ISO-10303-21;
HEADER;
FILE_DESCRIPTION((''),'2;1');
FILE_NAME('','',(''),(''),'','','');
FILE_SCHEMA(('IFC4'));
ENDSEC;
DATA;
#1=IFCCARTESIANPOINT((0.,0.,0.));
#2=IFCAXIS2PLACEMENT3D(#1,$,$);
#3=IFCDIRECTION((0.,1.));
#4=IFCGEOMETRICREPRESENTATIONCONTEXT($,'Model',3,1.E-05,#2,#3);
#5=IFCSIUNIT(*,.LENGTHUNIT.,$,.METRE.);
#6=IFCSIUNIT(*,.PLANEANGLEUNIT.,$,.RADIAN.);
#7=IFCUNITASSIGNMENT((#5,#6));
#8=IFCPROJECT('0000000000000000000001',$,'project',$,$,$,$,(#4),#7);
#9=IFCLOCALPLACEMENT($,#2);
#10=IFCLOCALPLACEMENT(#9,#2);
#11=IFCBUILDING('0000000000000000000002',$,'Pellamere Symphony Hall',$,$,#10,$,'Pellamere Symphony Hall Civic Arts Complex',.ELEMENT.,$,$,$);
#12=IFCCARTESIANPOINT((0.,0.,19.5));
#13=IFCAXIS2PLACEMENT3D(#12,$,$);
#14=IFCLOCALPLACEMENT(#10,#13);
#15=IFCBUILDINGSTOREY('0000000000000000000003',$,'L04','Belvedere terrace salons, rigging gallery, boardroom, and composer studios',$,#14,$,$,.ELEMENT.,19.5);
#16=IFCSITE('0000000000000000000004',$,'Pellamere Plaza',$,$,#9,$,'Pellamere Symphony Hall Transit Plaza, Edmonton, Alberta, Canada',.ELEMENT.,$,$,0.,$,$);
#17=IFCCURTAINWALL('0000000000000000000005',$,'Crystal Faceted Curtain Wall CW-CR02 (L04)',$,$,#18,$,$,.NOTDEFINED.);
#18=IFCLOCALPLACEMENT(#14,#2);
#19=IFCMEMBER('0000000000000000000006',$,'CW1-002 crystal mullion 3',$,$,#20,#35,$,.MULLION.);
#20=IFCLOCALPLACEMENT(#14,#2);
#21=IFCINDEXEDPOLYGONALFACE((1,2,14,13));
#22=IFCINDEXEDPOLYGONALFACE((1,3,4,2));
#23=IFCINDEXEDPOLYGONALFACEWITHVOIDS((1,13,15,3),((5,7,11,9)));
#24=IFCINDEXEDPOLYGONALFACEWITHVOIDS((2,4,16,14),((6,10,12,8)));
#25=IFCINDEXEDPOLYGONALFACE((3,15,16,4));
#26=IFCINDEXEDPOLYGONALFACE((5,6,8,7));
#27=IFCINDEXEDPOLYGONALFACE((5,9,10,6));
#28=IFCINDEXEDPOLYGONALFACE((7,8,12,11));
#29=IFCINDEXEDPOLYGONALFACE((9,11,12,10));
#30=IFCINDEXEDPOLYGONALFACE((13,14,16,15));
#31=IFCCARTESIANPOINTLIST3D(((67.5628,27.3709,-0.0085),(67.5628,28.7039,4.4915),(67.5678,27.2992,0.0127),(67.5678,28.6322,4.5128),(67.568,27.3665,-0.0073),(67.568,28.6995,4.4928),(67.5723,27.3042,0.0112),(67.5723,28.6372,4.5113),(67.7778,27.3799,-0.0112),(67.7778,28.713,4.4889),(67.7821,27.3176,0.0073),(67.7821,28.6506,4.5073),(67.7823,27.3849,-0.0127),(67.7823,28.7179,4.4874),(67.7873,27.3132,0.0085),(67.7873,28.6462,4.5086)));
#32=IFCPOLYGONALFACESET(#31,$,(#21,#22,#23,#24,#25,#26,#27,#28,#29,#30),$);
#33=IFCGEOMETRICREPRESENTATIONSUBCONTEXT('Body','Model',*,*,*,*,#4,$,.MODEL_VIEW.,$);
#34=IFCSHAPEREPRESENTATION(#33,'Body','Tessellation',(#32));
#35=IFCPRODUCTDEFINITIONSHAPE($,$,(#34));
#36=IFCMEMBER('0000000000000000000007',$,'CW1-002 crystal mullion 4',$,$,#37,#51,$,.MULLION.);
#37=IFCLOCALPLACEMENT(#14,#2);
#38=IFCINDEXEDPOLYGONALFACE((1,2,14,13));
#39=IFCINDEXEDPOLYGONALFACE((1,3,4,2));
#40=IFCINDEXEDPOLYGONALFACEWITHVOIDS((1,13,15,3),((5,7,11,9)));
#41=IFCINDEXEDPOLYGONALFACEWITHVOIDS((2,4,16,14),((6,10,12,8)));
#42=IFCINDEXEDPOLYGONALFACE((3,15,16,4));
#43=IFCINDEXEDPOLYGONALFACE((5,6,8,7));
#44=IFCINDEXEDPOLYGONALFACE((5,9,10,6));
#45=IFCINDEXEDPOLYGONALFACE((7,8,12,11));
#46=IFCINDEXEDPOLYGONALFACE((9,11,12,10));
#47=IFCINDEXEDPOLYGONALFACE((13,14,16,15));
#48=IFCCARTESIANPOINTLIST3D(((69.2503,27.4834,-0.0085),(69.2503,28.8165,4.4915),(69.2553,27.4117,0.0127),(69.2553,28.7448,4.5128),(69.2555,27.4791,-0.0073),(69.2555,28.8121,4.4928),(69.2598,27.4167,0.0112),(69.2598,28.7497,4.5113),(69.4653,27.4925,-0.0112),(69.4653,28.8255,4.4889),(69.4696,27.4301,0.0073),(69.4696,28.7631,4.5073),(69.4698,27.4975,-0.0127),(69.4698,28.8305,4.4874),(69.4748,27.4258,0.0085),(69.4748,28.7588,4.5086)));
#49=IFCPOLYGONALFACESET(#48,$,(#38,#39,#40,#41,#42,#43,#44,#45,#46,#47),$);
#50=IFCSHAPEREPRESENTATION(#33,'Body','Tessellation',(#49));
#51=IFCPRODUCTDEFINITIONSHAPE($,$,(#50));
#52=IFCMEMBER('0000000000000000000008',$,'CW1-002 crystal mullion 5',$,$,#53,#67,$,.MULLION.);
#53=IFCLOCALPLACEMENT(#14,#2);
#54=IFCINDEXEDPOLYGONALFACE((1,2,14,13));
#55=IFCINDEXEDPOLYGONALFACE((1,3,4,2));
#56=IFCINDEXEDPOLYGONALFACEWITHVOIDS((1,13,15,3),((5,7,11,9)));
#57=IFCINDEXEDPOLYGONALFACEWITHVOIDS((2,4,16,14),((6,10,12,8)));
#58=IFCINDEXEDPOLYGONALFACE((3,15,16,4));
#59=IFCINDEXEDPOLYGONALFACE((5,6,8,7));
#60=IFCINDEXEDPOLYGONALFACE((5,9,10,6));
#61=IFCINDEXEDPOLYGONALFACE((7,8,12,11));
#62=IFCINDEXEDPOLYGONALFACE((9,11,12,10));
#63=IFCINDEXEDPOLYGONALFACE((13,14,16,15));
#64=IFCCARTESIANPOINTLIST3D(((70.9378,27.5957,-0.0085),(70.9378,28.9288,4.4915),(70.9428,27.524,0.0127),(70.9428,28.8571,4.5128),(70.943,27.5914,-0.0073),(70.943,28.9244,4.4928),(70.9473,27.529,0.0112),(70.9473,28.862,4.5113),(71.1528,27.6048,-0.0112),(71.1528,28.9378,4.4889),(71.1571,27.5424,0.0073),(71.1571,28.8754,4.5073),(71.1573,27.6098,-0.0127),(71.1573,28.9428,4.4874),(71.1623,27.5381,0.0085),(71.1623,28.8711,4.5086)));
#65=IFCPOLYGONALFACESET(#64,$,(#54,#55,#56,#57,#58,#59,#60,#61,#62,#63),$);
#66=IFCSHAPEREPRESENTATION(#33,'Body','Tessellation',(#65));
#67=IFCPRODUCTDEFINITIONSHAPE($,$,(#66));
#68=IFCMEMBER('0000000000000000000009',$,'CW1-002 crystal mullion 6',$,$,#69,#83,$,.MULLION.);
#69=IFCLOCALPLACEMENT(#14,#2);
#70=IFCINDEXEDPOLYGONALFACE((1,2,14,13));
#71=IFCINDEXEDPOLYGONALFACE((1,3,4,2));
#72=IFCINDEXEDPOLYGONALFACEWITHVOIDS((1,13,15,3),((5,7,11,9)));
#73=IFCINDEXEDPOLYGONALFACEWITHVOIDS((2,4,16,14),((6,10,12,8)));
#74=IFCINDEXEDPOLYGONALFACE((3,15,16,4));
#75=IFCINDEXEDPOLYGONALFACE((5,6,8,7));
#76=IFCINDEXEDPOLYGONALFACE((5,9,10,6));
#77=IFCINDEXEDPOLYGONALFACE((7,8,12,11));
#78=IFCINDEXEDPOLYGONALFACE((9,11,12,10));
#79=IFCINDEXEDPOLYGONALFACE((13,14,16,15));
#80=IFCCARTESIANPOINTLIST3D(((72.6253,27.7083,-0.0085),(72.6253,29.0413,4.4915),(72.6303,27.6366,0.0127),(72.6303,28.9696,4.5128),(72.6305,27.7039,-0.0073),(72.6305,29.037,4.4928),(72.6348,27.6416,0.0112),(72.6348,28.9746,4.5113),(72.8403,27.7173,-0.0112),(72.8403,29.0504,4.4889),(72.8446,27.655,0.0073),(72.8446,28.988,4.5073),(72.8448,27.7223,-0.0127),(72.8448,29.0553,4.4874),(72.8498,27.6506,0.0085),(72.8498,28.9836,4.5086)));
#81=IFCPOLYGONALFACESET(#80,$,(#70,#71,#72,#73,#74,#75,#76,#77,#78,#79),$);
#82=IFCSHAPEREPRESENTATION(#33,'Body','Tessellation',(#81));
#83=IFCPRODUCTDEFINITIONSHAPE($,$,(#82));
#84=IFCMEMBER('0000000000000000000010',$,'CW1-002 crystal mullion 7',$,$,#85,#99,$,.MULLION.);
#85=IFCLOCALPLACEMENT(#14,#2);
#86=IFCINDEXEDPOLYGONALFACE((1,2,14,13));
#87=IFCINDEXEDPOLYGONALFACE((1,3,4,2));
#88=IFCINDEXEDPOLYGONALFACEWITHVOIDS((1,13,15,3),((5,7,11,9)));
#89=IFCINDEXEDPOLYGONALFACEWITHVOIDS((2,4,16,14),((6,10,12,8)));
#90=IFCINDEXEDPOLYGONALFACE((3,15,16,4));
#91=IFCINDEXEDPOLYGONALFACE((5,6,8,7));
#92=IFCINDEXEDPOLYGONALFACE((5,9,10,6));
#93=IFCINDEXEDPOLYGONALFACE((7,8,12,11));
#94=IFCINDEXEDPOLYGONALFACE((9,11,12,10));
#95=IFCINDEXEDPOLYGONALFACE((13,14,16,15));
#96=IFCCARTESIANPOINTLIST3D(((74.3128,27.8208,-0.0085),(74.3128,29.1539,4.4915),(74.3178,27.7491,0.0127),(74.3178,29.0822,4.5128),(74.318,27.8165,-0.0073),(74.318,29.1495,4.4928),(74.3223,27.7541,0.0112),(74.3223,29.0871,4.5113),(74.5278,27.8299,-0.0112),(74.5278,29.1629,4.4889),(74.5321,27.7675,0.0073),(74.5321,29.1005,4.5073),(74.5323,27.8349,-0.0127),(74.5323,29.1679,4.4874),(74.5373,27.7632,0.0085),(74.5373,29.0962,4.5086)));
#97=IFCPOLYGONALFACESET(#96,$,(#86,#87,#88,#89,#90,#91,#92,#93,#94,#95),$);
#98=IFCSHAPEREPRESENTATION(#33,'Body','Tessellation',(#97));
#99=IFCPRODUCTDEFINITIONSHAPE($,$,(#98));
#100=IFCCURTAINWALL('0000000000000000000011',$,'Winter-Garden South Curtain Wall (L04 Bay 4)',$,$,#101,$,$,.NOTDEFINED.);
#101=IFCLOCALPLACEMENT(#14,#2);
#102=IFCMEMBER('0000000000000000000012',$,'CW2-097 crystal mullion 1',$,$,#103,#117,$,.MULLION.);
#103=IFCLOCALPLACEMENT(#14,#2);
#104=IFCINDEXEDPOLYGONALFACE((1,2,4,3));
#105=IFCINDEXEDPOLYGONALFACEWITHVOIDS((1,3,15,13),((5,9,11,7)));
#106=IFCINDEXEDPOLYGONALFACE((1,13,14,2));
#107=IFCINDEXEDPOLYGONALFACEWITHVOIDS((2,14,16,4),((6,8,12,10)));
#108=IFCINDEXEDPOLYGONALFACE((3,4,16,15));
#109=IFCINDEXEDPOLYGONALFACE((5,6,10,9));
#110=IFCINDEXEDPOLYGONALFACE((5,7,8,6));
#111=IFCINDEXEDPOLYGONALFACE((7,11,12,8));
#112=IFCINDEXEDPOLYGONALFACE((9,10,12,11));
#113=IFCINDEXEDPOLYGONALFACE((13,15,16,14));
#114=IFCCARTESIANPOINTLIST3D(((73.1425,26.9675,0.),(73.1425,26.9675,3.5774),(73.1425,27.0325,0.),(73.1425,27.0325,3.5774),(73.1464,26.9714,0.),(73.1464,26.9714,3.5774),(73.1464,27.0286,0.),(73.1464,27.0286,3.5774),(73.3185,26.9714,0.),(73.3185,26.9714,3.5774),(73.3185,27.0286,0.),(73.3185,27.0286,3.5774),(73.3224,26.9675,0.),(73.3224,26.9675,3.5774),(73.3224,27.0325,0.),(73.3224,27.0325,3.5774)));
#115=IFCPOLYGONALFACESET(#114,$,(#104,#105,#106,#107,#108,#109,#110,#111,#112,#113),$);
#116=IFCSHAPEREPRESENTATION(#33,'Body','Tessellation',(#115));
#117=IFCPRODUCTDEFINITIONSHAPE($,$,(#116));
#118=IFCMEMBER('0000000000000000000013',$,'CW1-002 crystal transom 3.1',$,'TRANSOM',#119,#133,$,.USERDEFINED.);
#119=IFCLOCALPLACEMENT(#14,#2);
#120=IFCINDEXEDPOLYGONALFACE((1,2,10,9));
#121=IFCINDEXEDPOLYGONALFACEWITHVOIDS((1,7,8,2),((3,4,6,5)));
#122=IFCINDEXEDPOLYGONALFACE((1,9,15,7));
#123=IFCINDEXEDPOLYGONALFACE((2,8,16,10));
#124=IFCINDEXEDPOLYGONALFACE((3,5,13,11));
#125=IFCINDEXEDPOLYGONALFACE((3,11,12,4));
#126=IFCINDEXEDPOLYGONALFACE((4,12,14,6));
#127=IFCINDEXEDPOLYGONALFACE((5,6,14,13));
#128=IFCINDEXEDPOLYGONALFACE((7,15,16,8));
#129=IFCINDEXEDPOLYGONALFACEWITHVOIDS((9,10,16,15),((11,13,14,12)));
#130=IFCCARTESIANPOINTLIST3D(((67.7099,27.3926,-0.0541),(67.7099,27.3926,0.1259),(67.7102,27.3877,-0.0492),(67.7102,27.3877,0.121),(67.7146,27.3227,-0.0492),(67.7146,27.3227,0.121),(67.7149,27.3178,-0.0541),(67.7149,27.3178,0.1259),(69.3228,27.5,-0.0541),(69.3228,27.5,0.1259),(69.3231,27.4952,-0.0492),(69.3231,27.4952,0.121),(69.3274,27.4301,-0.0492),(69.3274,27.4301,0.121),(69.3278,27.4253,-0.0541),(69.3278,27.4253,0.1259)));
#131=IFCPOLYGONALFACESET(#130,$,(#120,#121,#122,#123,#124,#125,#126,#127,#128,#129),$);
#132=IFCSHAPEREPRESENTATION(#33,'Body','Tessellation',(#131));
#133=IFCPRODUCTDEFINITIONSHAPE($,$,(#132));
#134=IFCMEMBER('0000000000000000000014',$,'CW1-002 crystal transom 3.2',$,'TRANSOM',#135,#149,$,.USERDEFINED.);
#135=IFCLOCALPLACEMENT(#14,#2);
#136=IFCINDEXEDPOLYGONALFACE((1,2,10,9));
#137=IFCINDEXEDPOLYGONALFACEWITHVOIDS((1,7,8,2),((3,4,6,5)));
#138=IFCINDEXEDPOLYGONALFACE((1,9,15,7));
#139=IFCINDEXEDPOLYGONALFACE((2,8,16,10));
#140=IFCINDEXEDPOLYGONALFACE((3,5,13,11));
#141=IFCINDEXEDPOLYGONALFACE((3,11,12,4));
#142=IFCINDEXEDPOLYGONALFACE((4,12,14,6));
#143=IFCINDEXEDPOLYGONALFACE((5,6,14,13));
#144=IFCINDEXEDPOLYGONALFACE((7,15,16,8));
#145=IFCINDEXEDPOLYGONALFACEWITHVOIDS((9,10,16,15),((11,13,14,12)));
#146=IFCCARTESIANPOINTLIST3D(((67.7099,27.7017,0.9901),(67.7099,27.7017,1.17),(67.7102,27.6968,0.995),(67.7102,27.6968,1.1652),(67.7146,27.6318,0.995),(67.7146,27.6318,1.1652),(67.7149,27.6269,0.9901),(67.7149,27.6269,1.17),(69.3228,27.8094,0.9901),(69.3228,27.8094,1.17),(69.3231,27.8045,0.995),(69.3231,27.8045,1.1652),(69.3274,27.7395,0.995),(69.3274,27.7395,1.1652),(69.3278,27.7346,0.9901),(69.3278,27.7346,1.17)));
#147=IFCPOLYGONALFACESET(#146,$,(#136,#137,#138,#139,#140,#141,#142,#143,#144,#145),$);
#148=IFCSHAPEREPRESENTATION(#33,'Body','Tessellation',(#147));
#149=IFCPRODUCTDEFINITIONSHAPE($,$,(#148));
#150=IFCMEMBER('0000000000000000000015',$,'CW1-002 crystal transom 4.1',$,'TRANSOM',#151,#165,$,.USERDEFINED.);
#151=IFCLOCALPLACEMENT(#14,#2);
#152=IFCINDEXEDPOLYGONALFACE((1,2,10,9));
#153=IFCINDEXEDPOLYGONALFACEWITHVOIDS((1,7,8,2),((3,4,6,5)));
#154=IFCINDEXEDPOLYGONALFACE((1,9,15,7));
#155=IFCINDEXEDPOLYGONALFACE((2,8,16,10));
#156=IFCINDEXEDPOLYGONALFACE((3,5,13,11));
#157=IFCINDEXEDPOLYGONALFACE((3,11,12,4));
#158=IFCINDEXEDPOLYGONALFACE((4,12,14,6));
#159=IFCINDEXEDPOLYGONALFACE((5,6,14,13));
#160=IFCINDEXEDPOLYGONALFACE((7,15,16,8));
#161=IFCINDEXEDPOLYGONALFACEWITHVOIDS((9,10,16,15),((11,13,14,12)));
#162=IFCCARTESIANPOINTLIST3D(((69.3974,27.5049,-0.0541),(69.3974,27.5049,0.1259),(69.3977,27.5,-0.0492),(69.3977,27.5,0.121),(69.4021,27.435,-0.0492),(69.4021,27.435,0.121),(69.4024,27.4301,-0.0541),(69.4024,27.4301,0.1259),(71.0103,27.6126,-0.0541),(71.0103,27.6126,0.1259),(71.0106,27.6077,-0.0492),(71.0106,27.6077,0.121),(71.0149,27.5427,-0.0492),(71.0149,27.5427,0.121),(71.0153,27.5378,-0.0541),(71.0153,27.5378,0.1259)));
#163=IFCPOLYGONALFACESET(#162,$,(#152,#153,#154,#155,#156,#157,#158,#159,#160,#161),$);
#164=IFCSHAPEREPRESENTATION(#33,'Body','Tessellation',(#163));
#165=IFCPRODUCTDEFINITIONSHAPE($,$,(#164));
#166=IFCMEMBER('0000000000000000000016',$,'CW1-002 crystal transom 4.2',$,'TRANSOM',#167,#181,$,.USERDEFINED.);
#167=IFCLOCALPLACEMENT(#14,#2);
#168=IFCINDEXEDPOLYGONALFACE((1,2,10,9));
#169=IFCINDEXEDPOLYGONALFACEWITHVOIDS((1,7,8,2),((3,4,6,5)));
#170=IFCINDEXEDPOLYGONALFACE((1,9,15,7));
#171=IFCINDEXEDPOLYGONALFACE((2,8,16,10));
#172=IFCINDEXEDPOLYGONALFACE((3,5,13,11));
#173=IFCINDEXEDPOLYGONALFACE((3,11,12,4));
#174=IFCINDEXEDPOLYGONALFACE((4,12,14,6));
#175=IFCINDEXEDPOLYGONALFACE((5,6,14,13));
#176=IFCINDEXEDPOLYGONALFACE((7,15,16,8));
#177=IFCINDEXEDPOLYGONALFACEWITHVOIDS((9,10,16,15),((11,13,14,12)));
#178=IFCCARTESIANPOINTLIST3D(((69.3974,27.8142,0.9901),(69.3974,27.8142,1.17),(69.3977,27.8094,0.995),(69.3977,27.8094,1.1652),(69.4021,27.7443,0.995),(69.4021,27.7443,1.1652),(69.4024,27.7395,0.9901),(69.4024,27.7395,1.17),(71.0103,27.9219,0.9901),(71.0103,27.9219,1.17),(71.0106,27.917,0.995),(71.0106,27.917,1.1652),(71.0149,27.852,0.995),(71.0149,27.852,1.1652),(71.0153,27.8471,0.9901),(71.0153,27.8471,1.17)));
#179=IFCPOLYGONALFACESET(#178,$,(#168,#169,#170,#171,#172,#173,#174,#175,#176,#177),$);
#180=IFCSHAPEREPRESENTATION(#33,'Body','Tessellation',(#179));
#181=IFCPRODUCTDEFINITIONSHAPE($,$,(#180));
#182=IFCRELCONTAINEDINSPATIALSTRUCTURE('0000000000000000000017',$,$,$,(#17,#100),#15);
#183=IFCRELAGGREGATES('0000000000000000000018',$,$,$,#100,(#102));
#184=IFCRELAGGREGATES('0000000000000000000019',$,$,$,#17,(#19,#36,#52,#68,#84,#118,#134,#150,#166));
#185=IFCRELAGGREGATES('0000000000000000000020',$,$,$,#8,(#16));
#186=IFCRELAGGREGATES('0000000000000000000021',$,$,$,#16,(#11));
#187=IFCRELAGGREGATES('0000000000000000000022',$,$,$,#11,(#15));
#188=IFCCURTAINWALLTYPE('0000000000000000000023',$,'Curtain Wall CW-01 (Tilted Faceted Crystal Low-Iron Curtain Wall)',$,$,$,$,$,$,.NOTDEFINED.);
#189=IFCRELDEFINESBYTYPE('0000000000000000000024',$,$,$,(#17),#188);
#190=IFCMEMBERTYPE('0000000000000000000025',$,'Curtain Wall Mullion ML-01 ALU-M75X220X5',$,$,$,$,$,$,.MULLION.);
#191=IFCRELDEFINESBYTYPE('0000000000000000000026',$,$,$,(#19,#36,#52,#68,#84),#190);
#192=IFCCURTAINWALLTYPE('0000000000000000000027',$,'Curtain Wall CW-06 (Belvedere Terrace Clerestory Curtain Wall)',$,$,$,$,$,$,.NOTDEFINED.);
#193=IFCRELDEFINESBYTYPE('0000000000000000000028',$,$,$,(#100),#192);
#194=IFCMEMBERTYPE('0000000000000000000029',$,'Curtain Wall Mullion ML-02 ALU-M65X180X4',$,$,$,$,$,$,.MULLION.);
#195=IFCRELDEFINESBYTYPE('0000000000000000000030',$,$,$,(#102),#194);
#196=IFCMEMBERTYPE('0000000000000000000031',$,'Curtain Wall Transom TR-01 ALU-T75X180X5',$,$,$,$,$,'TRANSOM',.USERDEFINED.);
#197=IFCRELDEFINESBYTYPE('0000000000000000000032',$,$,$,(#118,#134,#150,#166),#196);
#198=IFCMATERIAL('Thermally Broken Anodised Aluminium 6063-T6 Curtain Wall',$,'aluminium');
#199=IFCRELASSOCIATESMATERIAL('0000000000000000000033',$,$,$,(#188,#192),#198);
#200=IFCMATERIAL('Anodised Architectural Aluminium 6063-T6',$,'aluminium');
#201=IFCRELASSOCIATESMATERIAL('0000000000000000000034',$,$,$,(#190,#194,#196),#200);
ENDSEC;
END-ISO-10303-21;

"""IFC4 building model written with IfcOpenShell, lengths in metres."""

from ifc_helpers import new_model, si_unit, direction, frame, origin, origin_2d, place, context, subcontext, project, spatial, hollow_rectangle, extrude, material, material_profile, profile_set, type_object, element, aggregate, save


model = new_model("IFC4")

# Units and contexts
model_context = context("Model", 3, precision=1e-05, world=origin(), true_north=direction((0.0, 1.0)))
body_context = subcontext(model_context, "Body", "Model", "MODEL_VIEW")
ifc_project = project(units=[si_unit("LENGTHUNIT", "METRE"), si_unit("PLANEANGLEUNIT", "RADIAN")], contexts=[model_context])

# Site, building, storey
site_placement = place(None, origin())
site = spatial("IfcSite", under=ifc_project, at=site_placement, Name="Pellamere Plaza", LongName="Pellamere Symphony Hall Transit Plaza, Edmonton, Alberta, Canada", CompositionType="ELEMENT", RefElevation=0.0)
building_placement = place(site_placement, origin())
building = spatial("IfcBuilding", under=site, at=building_placement, Name="Pellamere Symphony Hall", LongName="Pellamere Symphony Hall Civic Arts Complex", CompositionType="ELEMENT")
storey_placement = place(building_placement, frame((0.0, 0.0, 19.5)))
storey = spatial("IfcBuildingStorey", under=building, at=storey_placement, Name="L04", Description="Belvedere terrace salons, rigging gallery, boardroom, and composer studios", CompositionType="ELEMENT", Elevation=19.5)

# Curtain wall, members
ifc_material_1 = material(Name="Thermally Broken Anodised Aluminium 6063-T6 Curtain Wall", Category="aluminium")
curtain_wall_type_1 = type_object("IfcCurtainWallType", Name="Curtain Wall CW-01 (Tilted Faceted Crystal Low-Iron Curtain Wall)", PredefinedType="NOTDEFINED", material=ifc_material_1)
curtain_wall_1_placement = place(storey_placement, origin())
curtain_wall_1 = element("IfcCurtainWall", 1, at=curtain_wall_1_placement, inside=storey, type_object=curtain_wall_type_1, Name="Crystal Faceted Curtain Wall CW-CR02 (L04)", PredefinedType="NOTDEFINED")
ifc_material_2 = material(Name="Anodised Architectural Aluminium 6063-T6", Category="aluminium")
ifc_material_profile_1 = material_profile(ifc_material_2, hollow_rectangle(XDim=0.075, YDim=0.22, WallThickness=0.0049, at=origin_2d()), Name="ALU-M75X220X5")
ifc_profile_set_1 = profile_set([ifc_material_profile_1], Name="Anodised Architectural Aluminium 6063-T6")
member_type_1 = type_object("IfcMemberType", Name="Curtain Wall Mullion ML-01 ALU-M75X220X5", PredefinedType="MULLION", material=ifc_profile_set_1)
member_1_placement = place(storey_placement, frame((67.675, 27.342, 0.0), z_axis=(0.0, 0.284025, 0.958817), x_axis=(0.066519, -0.956693, 0.283395)))
member_1 = element("IfcMember", 2, at=member_1_placement, type_object=member_type_1, Name="CW1-002 crystal mullion 3", PredefinedType="MULLION", context=body_context, shape_type="SweptSolid", body=[
    extrude(hollow_rectangle(XDim=0.075, YDim=0.22, WallThickness=0.0049, at=origin_2d()), origin(), (0.0, 0.0, 1.0), 4.6934),
])
member_2_placement = place(storey_placement, frame((69.3625, 27.4546, 0.0), z_axis=(0.0, 0.284025, 0.958817), x_axis=(0.066519, -0.956693, 0.283395)))
member_2 = element("IfcMember", 3, at=member_2_placement, type_object=member_type_1, Name="CW1-002 crystal mullion 4", PredefinedType="MULLION", context=body_context, shape_type="SweptSolid", body=[
    extrude(hollow_rectangle(XDim=0.075, YDim=0.22, WallThickness=0.0049, at=origin_2d()), origin(), (0.0, 0.0, 1.0), 4.6934),
])
member_3_placement = place(storey_placement, frame((71.05, 27.5669, 0.0), z_axis=(0.0, 0.284025, 0.958817), x_axis=(0.066519, -0.956693, 0.283395)))
member_3 = element("IfcMember", 4, at=member_3_placement, type_object=member_type_1, Name="CW1-002 crystal mullion 5", PredefinedType="MULLION", context=body_context, shape_type="SweptSolid", body=[
    extrude(hollow_rectangle(XDim=0.075, YDim=0.22, WallThickness=0.0049, at=origin_2d()), origin(), (0.0, 0.0, 1.0), 4.6934),
])
member_4_placement = place(storey_placement, frame((72.7375, 27.6794, 0.0), z_axis=(0.0, 0.284025, 0.958817), x_axis=(0.066519, -0.956693, 0.283395)))
member_4 = element("IfcMember", 5, at=member_4_placement, type_object=member_type_1, Name="CW1-002 crystal mullion 6", PredefinedType="MULLION", context=body_context, shape_type="SweptSolid", body=[
    extrude(hollow_rectangle(XDim=0.075, YDim=0.22, WallThickness=0.0049, at=origin_2d()), origin(), (0.0, 0.0, 1.0), 4.6934),
])
member_5_placement = place(storey_placement, frame((74.425, 27.792, 0.0), z_axis=(0.0, 0.284025, 0.958817), x_axis=(0.066519, -0.956693, 0.283395)))
member_5 = element("IfcMember", 6, at=member_5_placement, type_object=member_type_1, Name="CW1-002 crystal mullion 7", PredefinedType="MULLION", context=body_context, shape_type="SweptSolid", body=[
    extrude(hollow_rectangle(XDim=0.075, YDim=0.22, WallThickness=0.0049, at=origin_2d()), origin(), (0.0, 0.0, 1.0), 4.6934),
])

# Curtain wall, member
curtain_wall_type_2 = type_object("IfcCurtainWallType", Name="Curtain Wall CW-06 (Belvedere Terrace Clerestory Curtain Wall)", PredefinedType="NOTDEFINED", material=ifc_material_1)
curtain_wall_2_placement = place(storey_placement, origin())
curtain_wall_2 = element("IfcCurtainWall", 7, at=curtain_wall_2_placement, inside=storey, type_object=curtain_wall_type_2, Name="Winter-Garden South Curtain Wall (L04 Bay 4)", PredefinedType="NOTDEFINED")
ifc_material_profile_2 = material_profile(ifc_material_2, hollow_rectangle(XDim=0.0649, YDim=0.1799, WallThickness=0.0039, at=origin_2d()), Name="ALU-M65X180X4")
ifc_profile_set_2 = profile_set([ifc_material_profile_2], Name="Anodised Architectural Aluminium 6063-T6")
member_type_2 = type_object("IfcMemberType", Name="Curtain Wall Mullion ML-02 ALU-M65X180X4", PredefinedType="MULLION", material=ifc_profile_set_2)
member_6_placement = place(storey_placement, frame((73.2324, 27.0, 0.0), z_axis=(0.0, 0.0, 1.0), x_axis=(0.0, 1.0, 0.0)))
member_6 = element("IfcMember", 8, at=member_6_placement, type_object=member_type_2, Name="CW2-097 crystal mullion 1", PredefinedType="MULLION", context=body_context, shape_type="SweptSolid", body=[
    extrude(hollow_rectangle(XDim=0.0649, YDim=0.1799, WallThickness=0.0039, at=origin_2d()), origin(), (0.0, 0.0, 1.0), 3.5774),
])

# Members
ifc_material_profile_3 = material_profile(ifc_material_2, hollow_rectangle(XDim=0.075, YDim=0.1799, WallThickness=0.0049, at=origin_2d()), Name="ALU-T75X180X5")
ifc_profile_set_3 = profile_set([ifc_material_profile_3], Name="Anodised Architectural Aluminium 6063-T6")
member_type_3 = type_object("IfcMemberType", Name="Curtain Wall Transom TR-01 ALU-T75X180X5", ElementType="TRANSOM", PredefinedType="USERDEFINED", material=ifc_profile_set_3)
member_7_placement = place(storey_placement, frame((67.7124, 27.3552, 0.0359), z_axis=(0.997789, 0.066459, 0.0), x_axis=(-0.066459, 0.997789, 0.0)))
member_7 = element("IfcMember", 9, at=member_7_placement, type_object=member_type_3, Name="CW1-002 crystal transom 3.1", ObjectType="TRANSOM", PredefinedType="USERDEFINED", context=body_context, shape_type="SweptSolid", body=[
    extrude(hollow_rectangle(XDim=0.075, YDim=0.1799, WallThickness=0.0049, at=origin_2d()), origin(), (0.0, 0.0, 1.0), 1.6165),
])
member_8_placement = place(storey_placement, frame((67.7124, 27.6643, 1.0801), z_axis=(0.997779, 0.066609, 0.0), x_axis=(-0.066609, 0.997779, 0.0)))
member_8 = element("IfcMember", 10, at=member_8_placement, type_object=member_type_3, Name="CW1-002 crystal transom 3.2", ObjectType="TRANSOM", PredefinedType="USERDEFINED", context=body_context, shape_type="SweptSolid", body=[
    extrude(hollow_rectangle(XDim=0.075, YDim=0.1799, WallThickness=0.0049, at=origin_2d()), origin(), (0.0, 0.0, 1.0), 1.6165),
])
member_9_placement = place(storey_placement, frame((69.3999, 27.4675, 0.0359), z_axis=(0.997779, 0.066609, 0.0), x_axis=(-0.066609, 0.997779, 0.0)))
member_9 = element("IfcMember", 11, at=member_9_placement, type_object=member_type_3, Name="CW1-002 crystal transom 4.1", ObjectType="TRANSOM", PredefinedType="USERDEFINED", context=body_context, shape_type="SweptSolid", body=[
    extrude(hollow_rectangle(XDim=0.075, YDim=0.1799, WallThickness=0.0049, at=origin_2d()), origin(), (0.0, 0.0, 1.0), 1.6165),
])
member_10_placement = place(storey_placement, frame((69.3999, 27.7769, 1.0801), z_axis=(0.997779, 0.066609, 0.0), x_axis=(-0.066609, 0.997779, 0.0)))
member_10 = element("IfcMember", 12, at=member_10_placement, type_object=member_type_3, Name="CW1-002 crystal transom 4.2", ObjectType="TRANSOM", PredefinedType="USERDEFINED", context=body_context, shape_type="SweptSolid", body=[
    extrude(hollow_rectangle(XDim=0.075, YDim=0.1799, WallThickness=0.0049, at=origin_2d()), origin(), (0.0, 0.0, 1.0), 1.6165),
])

aggregate(curtain_wall_2, [member_6])
aggregate(curtain_wall_1, [member_1, member_2, member_3, member_4, member_5, member_7, member_8, member_9, member_10])

save(model, "model.ifc")
